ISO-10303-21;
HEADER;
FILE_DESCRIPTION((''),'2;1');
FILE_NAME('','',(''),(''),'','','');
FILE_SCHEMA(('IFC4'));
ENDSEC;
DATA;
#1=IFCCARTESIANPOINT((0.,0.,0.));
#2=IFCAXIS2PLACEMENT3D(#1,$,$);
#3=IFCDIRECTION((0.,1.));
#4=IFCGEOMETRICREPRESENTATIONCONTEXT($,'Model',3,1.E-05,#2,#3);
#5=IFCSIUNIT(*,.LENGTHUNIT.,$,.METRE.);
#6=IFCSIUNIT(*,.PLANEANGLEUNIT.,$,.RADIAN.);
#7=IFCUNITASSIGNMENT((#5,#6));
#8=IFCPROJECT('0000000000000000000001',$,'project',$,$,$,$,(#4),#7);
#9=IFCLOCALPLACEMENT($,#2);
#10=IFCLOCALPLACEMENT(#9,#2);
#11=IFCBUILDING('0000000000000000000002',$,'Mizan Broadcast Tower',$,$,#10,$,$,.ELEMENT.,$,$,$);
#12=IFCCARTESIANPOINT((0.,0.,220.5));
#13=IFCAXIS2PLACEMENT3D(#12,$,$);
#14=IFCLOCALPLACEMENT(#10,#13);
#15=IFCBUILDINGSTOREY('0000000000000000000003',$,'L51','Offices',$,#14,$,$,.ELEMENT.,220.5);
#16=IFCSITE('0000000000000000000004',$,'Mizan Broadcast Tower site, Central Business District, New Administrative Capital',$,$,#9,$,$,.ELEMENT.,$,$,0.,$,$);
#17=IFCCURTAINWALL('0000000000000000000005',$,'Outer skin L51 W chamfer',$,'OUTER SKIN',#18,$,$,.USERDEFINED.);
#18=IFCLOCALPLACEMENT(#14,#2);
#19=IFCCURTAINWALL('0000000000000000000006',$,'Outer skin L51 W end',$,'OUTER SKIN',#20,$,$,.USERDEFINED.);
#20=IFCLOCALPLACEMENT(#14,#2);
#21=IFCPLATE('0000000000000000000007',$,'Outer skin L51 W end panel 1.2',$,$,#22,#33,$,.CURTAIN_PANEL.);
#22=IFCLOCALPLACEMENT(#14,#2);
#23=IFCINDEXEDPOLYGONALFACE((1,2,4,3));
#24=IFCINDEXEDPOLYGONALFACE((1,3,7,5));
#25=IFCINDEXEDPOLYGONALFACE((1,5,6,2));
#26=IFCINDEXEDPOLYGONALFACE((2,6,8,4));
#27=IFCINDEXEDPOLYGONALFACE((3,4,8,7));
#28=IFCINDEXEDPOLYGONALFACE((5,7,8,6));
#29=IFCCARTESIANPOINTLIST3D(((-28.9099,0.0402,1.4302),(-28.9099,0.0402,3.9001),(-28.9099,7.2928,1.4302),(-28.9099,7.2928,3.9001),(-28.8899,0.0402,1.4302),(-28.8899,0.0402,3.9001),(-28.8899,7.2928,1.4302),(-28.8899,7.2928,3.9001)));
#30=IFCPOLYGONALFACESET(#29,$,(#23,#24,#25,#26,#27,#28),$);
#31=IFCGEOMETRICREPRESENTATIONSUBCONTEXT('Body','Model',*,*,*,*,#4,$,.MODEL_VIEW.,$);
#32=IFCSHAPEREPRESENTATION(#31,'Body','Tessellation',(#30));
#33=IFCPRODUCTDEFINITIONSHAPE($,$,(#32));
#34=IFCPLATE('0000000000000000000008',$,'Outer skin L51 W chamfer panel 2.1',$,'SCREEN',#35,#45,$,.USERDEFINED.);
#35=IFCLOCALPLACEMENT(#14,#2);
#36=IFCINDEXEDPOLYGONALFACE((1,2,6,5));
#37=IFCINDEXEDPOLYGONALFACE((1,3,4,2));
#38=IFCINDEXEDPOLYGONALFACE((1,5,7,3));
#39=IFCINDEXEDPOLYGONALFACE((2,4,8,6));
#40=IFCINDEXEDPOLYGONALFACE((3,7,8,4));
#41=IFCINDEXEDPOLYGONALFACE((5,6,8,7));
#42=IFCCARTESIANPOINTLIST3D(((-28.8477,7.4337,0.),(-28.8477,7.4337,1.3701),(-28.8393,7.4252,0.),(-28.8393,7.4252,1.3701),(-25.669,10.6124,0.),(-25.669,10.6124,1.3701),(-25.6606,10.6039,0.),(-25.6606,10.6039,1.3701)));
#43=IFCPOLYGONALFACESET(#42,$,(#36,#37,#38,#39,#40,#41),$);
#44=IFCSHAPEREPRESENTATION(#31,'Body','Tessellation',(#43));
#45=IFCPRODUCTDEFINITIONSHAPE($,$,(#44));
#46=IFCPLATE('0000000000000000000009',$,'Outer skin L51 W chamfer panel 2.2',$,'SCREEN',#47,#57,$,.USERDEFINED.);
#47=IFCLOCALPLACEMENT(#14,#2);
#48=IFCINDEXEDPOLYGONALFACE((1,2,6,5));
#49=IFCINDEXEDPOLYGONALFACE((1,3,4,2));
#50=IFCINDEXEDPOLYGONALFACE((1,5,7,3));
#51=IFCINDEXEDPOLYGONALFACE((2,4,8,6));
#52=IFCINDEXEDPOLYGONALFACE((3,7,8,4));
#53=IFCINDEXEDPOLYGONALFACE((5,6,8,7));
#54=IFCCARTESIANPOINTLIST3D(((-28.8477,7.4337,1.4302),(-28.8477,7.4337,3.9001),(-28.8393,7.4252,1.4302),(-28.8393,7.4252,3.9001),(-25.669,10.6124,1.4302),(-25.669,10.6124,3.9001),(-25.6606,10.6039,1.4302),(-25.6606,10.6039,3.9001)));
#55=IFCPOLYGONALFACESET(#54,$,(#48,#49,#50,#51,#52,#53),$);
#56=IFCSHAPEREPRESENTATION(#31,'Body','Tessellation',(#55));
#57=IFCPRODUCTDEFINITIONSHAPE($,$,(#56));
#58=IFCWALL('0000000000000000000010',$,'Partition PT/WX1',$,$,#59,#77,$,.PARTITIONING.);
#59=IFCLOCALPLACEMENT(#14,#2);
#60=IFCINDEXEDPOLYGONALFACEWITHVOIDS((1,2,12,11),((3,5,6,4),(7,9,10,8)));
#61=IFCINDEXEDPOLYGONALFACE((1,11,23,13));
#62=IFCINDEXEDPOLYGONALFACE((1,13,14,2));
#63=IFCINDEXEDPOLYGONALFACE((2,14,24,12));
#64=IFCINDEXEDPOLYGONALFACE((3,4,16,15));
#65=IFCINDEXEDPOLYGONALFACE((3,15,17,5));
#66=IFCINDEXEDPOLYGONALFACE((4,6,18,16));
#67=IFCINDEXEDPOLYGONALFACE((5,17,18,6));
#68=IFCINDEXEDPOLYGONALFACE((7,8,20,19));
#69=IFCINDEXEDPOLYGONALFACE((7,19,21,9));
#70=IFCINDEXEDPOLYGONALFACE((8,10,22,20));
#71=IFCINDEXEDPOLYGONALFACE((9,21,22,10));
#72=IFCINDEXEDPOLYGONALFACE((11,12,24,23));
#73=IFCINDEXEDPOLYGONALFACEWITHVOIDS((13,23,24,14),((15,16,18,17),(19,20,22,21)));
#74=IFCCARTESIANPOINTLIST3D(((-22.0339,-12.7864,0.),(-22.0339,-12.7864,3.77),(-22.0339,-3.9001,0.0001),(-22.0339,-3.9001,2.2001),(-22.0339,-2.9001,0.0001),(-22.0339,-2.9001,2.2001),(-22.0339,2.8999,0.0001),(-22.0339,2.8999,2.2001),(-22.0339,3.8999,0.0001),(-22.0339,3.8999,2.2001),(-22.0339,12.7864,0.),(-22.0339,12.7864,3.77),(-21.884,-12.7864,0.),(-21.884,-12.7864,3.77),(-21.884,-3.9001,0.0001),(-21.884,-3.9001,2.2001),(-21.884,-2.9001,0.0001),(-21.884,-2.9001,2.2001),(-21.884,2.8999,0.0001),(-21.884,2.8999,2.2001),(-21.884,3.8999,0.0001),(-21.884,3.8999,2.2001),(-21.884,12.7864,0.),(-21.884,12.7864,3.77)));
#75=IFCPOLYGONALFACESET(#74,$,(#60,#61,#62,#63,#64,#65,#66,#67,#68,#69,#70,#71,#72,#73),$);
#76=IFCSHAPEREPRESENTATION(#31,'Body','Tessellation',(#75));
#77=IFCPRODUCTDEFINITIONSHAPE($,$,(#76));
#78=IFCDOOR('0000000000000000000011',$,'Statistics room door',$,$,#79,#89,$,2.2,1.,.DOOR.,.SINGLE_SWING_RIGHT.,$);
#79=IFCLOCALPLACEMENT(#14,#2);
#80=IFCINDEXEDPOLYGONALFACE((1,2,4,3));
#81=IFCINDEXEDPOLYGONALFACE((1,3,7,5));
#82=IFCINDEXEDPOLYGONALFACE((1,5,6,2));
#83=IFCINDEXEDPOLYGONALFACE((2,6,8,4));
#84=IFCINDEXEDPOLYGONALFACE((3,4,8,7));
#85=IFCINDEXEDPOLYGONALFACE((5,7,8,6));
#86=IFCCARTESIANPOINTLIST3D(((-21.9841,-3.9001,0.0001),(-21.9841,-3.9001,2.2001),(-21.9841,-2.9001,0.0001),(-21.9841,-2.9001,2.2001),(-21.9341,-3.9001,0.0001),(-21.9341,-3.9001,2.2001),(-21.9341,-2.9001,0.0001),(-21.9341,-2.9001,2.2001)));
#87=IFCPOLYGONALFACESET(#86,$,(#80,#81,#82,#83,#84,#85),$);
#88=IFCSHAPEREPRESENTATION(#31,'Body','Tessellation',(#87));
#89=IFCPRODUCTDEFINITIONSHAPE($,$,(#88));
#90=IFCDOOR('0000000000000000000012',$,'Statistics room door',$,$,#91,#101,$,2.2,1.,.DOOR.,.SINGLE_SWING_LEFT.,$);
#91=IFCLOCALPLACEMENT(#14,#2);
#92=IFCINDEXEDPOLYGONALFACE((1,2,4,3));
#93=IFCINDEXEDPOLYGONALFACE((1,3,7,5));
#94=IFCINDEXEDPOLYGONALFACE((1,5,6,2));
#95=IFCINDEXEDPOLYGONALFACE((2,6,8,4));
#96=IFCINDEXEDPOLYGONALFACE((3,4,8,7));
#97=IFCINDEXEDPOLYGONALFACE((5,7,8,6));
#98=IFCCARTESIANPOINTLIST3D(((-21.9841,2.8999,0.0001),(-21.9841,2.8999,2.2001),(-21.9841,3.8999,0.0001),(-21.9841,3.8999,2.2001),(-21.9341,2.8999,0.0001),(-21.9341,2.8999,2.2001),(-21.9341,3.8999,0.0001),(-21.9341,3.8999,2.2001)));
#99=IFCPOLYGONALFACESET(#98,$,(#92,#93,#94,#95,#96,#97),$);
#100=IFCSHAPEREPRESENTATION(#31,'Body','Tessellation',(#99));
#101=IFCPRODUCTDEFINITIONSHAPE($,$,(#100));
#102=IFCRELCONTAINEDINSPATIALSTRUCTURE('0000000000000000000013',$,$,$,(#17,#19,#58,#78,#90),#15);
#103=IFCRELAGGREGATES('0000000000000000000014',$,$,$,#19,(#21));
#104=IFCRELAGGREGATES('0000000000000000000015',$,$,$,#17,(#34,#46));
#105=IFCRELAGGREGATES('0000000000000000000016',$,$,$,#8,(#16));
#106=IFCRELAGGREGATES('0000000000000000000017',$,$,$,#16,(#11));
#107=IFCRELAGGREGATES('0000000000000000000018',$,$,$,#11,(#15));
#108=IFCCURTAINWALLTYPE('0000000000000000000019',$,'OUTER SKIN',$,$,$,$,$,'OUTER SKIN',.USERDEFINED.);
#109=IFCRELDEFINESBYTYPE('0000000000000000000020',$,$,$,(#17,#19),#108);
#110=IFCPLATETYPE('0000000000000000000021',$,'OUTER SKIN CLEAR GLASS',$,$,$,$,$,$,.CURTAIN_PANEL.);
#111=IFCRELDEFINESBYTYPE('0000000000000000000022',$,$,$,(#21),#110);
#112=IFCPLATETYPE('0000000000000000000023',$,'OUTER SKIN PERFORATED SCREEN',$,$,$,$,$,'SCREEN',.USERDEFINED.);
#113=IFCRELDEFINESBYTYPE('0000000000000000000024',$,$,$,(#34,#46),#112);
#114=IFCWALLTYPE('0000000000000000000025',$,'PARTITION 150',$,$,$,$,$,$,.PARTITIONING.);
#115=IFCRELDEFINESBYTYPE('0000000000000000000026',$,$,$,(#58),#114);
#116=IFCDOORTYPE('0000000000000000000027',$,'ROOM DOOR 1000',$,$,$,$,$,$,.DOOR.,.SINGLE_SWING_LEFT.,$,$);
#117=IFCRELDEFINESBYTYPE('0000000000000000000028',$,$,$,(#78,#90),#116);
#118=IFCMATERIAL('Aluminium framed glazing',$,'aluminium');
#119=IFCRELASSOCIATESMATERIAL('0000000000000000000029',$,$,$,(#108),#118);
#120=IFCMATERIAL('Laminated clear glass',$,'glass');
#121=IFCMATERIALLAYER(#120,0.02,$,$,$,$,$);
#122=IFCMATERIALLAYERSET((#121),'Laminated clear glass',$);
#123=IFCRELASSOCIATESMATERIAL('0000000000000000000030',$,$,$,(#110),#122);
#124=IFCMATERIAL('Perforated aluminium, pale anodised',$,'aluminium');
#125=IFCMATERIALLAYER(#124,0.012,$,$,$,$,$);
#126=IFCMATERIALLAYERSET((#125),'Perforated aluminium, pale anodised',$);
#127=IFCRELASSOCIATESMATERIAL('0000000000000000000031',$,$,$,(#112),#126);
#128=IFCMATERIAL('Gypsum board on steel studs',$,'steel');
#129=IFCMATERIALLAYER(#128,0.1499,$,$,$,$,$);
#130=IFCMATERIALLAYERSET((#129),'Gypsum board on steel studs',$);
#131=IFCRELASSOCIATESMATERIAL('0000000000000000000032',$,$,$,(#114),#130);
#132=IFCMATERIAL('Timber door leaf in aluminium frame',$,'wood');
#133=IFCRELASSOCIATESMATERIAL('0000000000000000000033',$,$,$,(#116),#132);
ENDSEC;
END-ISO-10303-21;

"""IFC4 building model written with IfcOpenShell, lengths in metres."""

from ifc_helpers import new_model, si_unit, direction, frame, frame_2d, origin, origin_2d, place, context, subcontext, project, spatial, rectangle, extrude, material, layer, layer_set, type_object, element, fill, aggregate, save


model = new_model("IFC4")

# Units and contexts
model_context = context("Model", 3, precision=1e-05, world=origin(), true_north=direction((0.0, 1.0)))
body_context = subcontext(model_context, "Body", "Model", "MODEL_VIEW")
ifc_project = project(units=[si_unit("LENGTHUNIT", "METRE"), si_unit("PLANEANGLEUNIT", "RADIAN")], contexts=[model_context])

# Site, building, storey
site_placement = place(None, origin())
site = spatial("IfcSite", under=ifc_project, at=site_placement, Name="Mizan Broadcast Tower site, Central Business District, New Administrative Capital", CompositionType="ELEMENT", RefElevation=0.0)
building_placement = place(site_placement, origin())
building = spatial("IfcBuilding", under=site, at=building_placement, Name="Mizan Broadcast Tower", CompositionType="ELEMENT")
storey_placement = place(building_placement, frame((0.0, 0.0, 220.5)))
storey = spatial("IfcBuildingStorey", under=building, at=storey_placement, Name="L51", Description="Offices", CompositionType="ELEMENT", Elevation=220.5)

# Curtain wall
ifc_material_1 = material(Name="Aluminium framed glazing", Category="aluminium")
curtain_wall_type_1 = type_object("IfcCurtainWallType", Name="OUTER SKIN", ElementType="OUTER SKIN", PredefinedType="USERDEFINED", material=ifc_material_1)
curtain_wall_1_placement = place(storey_placement, origin())
curtain_wall_1 = element("IfcCurtainWall", 1, at=curtain_wall_1_placement, inside=storey, type_object=curtain_wall_type_1, Name="Outer skin L51 W chamfer", ObjectType="OUTER SKIN", PredefinedType="USERDEFINED")

# Curtain wall
curtain_wall_2_placement = place(storey_placement, origin())
curtain_wall_2 = element("IfcCurtainWall", 2, at=curtain_wall_2_placement, inside=storey, type_object=curtain_wall_type_1, Name="Outer skin L51 W end", ObjectType="OUTER SKIN", PredefinedType="USERDEFINED")

# Plates
ifc_material_2 = material(Name="Laminated clear glass", Category="glass")
ifc_layer_1 = layer(ifc_material_2, 0.02)
ifc_layer_set_1 = layer_set([ifc_layer_1], Name="Laminated clear glass")
plate_type_1 = type_object("IfcPlateType", Name="OUTER SKIN CLEAR GLASS", PredefinedType="CURTAIN_PANEL", material=ifc_layer_set_1)
plate_1_placement = place(storey_placement, frame((-28.8999, 3.6665, 1.4302), z_axis=(0.0, 0.0, 1.0), x_axis=(0.0, -1.0, 0.0)))
plate_1 = element("IfcPlate", 3, at=plate_1_placement, type_object=plate_type_1, Name="Outer skin L51 W end panel 1.2", PredefinedType="CURTAIN_PANEL", context=body_context, shape_type="SweptSolid", body=[
    extrude(rectangle(XDim=7.2527, YDim=0.02, at=origin_2d()), origin(), (0.0, 0.0, 1.0), 2.47),
])
aggregate(curtain_wall_2, [plate_1])
ifc_material_3 = material(Name="Perforated aluminium, pale anodised", Category="aluminium")
ifc_layer_2 = layer(ifc_material_3, 0.012)
ifc_layer_set_2 = layer_set([ifc_layer_2], Name="Perforated aluminium, pale anodised")
plate_type_2 = type_object("IfcPlateType", Name="OUTER SKIN PERFORATED SCREEN", ElementType="SCREEN", PredefinedType="USERDEFINED", material=ifc_layer_set_2)
plate_2_placement = place(storey_placement, frame((-27.2542, 9.0188, 0.0), z_axis=(0.0, 0.0, 1.0), x_axis=(-0.707107, -0.707107, 0.0)))
plate_2 = element("IfcPlate", 4, at=plate_2_placement, type_object=plate_type_2, Name="Outer skin L51 W chamfer panel 2.1", ObjectType="SCREEN", PredefinedType="USERDEFINED", context=body_context, shape_type="SweptSolid", body=[
    extrude(rectangle(XDim=4.4954, YDim=0.012, at=origin_2d()), origin(), (0.0, 0.0, 1.0), 1.3701),
])
plate_3_placement = place(storey_placement, frame((-27.2542, 9.0188, 1.4302), z_axis=(0.0, 0.0, 1.0), x_axis=(-0.707107, -0.707107, 0.0)))
plate_3 = element("IfcPlate", 5, at=plate_3_placement, type_object=plate_type_2, Name="Outer skin L51 W chamfer panel 2.2", ObjectType="SCREEN", PredefinedType="USERDEFINED", context=body_context, shape_type="SweptSolid", body=[
    extrude(rectangle(XDim=4.4954, YDim=0.012, at=origin_2d()), origin(), (0.0, 0.0, 1.0), 2.47),
])
aggregate(curtain_wall_1, [plate_2, plate_3])

# Wall, openings, doors
ifc_material_4 = material(Name="Gypsum board on steel studs", Category="steel")
ifc_layer_3 = layer(ifc_material_4, 0.1499)
ifc_layer_set_3 = layer_set([ifc_layer_3], Name="Gypsum board on steel studs")
wall_type = type_object("IfcWallType", Name="PARTITION 150", PredefinedType="PARTITIONING", material=ifc_layer_set_3)
wall_placement = place(storey_placement, frame((-21.959, 12.7864, 0.0), z_axis=(0.0, 0.0, 1.0), x_axis=(0.0, -1.0, 0.0)))
wall = element("IfcWall", 6, at=wall_placement, inside=storey, type_object=wall_type, Name="Partition PT/WX1", PredefinedType="PARTITIONING", context=body_context, shape_type="SweptSolid", body=[
    extrude(rectangle(XDim=25.5728, YDim=0.1499, at=frame_2d((12.7864, 0.0))), origin(), (0.0, 0.0, 1.0), 3.77),
])
opening_1_placement = place(wall_placement, frame((15.6865, 0.0, 0.0)))
opening_1 = element("IfcOpeningElement", 7, at=opening_1_placement, cuts=wall, PredefinedType="OPENING", context=body_context, shape_type="SweptSolid", body=[
    extrude(rectangle(XDim=1.0, YDim=2.2, at=frame_2d((0.5, 1.1001))), frame((0.0, 0.085, 0.0), z_axis=(0.0, -1.0, 0.0), x_axis=(1.0, 0.0, 0.0)), (0.0, 0.0, 1.0), 0.1699),
])
opening_2_placement = place(wall_placement, frame((8.8865, 0.0, 0.0)))
opening_2 = element("IfcOpeningElement", 8, at=opening_2_placement, cuts=wall, PredefinedType="OPENING", context=body_context, shape_type="SweptSolid", body=[
    extrude(rectangle(XDim=1.0, YDim=2.2, at=frame_2d((0.5, 1.1001))), frame((0.0, 0.085, 0.0), z_axis=(0.0, -1.0, 0.0), x_axis=(1.0, 0.0, 0.0)), (0.0, 0.0, 1.0), 0.1699),
])
ifc_material_5 = material(Name="Timber door leaf in aluminium frame", Category="wood")
door_type = type_object("IfcDoorType", Name="ROOM DOOR 1000", OperationType="SINGLE_SWING_LEFT", PredefinedType="DOOR", material=ifc_material_5)
door_1_placement = place(opening_1_placement, origin())
door_1 = element("IfcDoor", 9, at=door_1_placement, inside=storey, type_object=door_type, Name="Statistics room door", OperationType="SINGLE_SWING_RIGHT", OverallHeight=2.2, OverallWidth=1.0, PredefinedType="DOOR", context=body_context, shape_type="SweptSolid", body=[
    extrude(rectangle(XDim=1.0, YDim=2.2, at=frame_2d((0.5, 1.1001))), frame((0.0, 0.0249, 0.0), z_axis=(0.0, -1.0, 0.0), x_axis=(1.0, 0.0, 0.0)), (0.0, 0.0, 1.0), 0.05),
])
fill(opening_1, door_1)
door_2_placement = place(opening_2_placement, origin())
door_2 = element("IfcDoor", 10, at=door_2_placement, inside=storey, type_object=door_type, Name="Statistics room door", OperationType="SINGLE_SWING_LEFT", OverallHeight=2.2, OverallWidth=1.0, PredefinedType="DOOR", context=body_context, shape_type="SweptSolid", body=[
    extrude(rectangle(XDim=1.0, YDim=2.2, at=frame_2d((0.5, 1.1001))), frame((0.0, 0.0249, 0.0), z_axis=(0.0, -1.0, 0.0), x_axis=(1.0, 0.0, 0.0)), (0.0, 0.0, 1.0), 0.05),
])
fill(opening_2, door_2)

save(model, "model.ifc")
